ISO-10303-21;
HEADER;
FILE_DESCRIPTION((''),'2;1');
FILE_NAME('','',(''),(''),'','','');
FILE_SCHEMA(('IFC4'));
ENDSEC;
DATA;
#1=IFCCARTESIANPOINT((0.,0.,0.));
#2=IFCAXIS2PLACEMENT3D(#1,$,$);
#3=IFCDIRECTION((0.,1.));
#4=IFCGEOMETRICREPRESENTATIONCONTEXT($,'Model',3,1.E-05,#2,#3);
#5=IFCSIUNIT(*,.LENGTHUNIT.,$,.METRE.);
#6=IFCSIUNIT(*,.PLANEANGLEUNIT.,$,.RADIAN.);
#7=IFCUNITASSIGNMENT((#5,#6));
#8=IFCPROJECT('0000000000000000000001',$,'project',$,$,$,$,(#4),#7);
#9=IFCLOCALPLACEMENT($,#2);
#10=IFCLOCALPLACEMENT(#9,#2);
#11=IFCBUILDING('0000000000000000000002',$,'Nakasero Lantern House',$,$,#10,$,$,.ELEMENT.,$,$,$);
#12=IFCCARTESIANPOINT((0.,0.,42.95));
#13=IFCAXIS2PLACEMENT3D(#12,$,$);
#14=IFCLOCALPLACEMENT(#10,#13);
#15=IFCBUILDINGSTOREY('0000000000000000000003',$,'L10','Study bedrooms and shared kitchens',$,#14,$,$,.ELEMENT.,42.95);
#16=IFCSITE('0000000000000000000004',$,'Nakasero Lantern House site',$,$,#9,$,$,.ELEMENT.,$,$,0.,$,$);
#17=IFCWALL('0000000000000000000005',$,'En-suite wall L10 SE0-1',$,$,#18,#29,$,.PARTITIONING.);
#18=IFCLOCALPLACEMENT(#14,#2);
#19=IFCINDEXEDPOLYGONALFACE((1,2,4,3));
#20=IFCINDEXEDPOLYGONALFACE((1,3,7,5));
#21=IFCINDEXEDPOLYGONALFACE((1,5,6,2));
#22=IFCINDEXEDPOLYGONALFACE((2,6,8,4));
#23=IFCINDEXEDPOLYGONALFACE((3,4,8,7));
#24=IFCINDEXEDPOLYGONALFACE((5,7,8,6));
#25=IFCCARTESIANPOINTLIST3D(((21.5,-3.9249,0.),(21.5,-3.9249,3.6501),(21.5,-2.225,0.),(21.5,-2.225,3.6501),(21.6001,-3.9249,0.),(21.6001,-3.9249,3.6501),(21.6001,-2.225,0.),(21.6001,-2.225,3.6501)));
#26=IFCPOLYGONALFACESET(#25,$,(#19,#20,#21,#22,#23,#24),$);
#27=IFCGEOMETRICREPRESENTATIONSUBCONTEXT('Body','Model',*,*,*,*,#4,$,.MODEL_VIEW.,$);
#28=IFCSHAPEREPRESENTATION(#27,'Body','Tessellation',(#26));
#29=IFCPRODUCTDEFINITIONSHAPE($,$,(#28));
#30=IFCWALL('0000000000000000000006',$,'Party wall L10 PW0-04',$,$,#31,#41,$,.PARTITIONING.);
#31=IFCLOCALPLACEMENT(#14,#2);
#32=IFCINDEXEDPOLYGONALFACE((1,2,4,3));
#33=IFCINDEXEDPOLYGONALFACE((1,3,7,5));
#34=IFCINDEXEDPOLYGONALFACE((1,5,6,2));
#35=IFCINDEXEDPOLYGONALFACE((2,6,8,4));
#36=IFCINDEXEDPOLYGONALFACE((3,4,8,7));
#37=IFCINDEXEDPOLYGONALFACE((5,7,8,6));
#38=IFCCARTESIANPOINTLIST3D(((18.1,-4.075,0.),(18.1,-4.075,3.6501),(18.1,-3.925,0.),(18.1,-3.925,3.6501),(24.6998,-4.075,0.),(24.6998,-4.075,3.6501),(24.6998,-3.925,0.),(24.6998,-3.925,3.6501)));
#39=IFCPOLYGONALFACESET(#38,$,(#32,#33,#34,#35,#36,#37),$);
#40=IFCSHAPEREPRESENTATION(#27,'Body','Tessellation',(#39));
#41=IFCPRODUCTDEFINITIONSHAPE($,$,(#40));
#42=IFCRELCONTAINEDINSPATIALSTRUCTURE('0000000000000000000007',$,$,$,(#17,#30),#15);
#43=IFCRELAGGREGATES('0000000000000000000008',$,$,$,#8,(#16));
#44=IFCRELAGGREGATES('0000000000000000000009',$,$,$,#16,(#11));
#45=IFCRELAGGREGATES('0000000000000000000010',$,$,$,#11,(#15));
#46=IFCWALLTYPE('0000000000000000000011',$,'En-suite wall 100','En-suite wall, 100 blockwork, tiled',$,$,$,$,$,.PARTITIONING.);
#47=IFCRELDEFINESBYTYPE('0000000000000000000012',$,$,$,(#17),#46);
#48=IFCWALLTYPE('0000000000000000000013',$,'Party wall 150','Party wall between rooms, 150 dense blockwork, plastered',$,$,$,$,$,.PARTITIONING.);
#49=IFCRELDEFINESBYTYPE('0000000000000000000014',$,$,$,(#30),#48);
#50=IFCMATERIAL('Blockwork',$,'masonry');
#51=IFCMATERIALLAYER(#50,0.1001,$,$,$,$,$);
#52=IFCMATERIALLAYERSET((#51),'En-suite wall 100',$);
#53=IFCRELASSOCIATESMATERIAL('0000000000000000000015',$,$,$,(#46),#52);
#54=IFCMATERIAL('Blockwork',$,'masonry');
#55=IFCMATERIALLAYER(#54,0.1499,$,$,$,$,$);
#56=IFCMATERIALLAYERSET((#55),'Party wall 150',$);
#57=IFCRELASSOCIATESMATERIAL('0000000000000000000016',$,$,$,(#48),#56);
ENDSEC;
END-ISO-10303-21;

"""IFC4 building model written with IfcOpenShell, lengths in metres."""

from ifc_helpers import new_model, si_unit, direction, frame, frame_2d, origin, place, context, subcontext, project, spatial, rectangle, extrude, material, layer, layer_set, type_object, element, save


model = new_model("IFC4")

# Units and contexts
model_context = context("Model", 3, precision=1e-05, world=origin(), true_north=direction((0.0, 1.0)))
body_context = subcontext(model_context, "Body", "Model", "MODEL_VIEW")
ifc_project = project(units=[si_unit("LENGTHUNIT", "METRE"), si_unit("PLANEANGLEUNIT", "RADIAN")], contexts=[model_context])

# Site, building, storey
site_placement = place(None, origin())
site = spatial("IfcSite", under=ifc_project, at=site_placement, Name="Nakasero Lantern House site", CompositionType="ELEMENT", RefElevation=0.0)
building_placement = place(site_placement, origin())
building = spatial("IfcBuilding", under=site, at=building_placement, Name="Nakasero Lantern House", CompositionType="ELEMENT")
storey_placement = place(building_placement, frame((0.0, 0.0, 42.95)))
storey = spatial("IfcBuildingStorey", under=building, at=storey_placement, Name="L10", Description="Study bedrooms and shared kitchens", CompositionType="ELEMENT", Elevation=42.95)

# Walls
ifc_material_1 = material(Name="Blockwork", Category="masonry")
ifc_layer_1 = layer(ifc_material_1, 0.1001)
ifc_layer_set_1 = layer_set([ifc_layer_1], Name="En-suite wall 100")
wall_type_1 = type_object("IfcWallType", Name="En-suite wall 100", Description="En-suite wall, 100 blockwork, tiled", PredefinedType="PARTITIONING", material=ifc_layer_set_1)
wall_1_placement = place(storey_placement, frame((21.55, -3.925, 0.0), z_axis=(0.0, 0.0, 1.0), x_axis=(0.0, 1.0, 0.0)))
element("IfcWall", 1, at=wall_1_placement, inside=storey, type_object=wall_type_1, Name="En-suite wall L10 SE0-1", PredefinedType="PARTITIONING", context=body_context, shape_type="SweptSolid", body=[
    extrude(rectangle(XDim=1.7, YDim=0.1001, at=frame_2d((0.8501, 0.0))), origin(), (0.0, 0.0, 1.0), 3.6501),
])
ifc_material_2 = material(Name="Blockwork", Category="masonry")
ifc_layer_2 = layer(ifc_material_2, 0.1499)
ifc_layer_set_2 = layer_set([ifc_layer_2], Name="Party wall 150")
wall_type_2 = type_object("IfcWallType", Name="Party wall 150", Description="Party wall between rooms, 150 dense blockwork, plastered", PredefinedType="PARTITIONING", material=ifc_layer_set_2)
wall_2_placement = place(storey_placement, frame((18.1001, -4.0, 0.0), z_axis=(0.0, 0.0, 1.0), x_axis=(1.0, 0.0, 0.0)))
element("IfcWall", 2, at=wall_2_placement, inside=storey, type_object=wall_type_2, Name="Party wall L10 PW0-04", PredefinedType="PARTITIONING", context=body_context, shape_type="SweptSolid", body=[
    extrude(rectangle(XDim=6.5999, YDim=0.1499, at=frame_2d((3.2998, 0.0))), origin(), (0.0, 0.0, 1.0), 3.6501),
])

save(model, "model.ifc")
